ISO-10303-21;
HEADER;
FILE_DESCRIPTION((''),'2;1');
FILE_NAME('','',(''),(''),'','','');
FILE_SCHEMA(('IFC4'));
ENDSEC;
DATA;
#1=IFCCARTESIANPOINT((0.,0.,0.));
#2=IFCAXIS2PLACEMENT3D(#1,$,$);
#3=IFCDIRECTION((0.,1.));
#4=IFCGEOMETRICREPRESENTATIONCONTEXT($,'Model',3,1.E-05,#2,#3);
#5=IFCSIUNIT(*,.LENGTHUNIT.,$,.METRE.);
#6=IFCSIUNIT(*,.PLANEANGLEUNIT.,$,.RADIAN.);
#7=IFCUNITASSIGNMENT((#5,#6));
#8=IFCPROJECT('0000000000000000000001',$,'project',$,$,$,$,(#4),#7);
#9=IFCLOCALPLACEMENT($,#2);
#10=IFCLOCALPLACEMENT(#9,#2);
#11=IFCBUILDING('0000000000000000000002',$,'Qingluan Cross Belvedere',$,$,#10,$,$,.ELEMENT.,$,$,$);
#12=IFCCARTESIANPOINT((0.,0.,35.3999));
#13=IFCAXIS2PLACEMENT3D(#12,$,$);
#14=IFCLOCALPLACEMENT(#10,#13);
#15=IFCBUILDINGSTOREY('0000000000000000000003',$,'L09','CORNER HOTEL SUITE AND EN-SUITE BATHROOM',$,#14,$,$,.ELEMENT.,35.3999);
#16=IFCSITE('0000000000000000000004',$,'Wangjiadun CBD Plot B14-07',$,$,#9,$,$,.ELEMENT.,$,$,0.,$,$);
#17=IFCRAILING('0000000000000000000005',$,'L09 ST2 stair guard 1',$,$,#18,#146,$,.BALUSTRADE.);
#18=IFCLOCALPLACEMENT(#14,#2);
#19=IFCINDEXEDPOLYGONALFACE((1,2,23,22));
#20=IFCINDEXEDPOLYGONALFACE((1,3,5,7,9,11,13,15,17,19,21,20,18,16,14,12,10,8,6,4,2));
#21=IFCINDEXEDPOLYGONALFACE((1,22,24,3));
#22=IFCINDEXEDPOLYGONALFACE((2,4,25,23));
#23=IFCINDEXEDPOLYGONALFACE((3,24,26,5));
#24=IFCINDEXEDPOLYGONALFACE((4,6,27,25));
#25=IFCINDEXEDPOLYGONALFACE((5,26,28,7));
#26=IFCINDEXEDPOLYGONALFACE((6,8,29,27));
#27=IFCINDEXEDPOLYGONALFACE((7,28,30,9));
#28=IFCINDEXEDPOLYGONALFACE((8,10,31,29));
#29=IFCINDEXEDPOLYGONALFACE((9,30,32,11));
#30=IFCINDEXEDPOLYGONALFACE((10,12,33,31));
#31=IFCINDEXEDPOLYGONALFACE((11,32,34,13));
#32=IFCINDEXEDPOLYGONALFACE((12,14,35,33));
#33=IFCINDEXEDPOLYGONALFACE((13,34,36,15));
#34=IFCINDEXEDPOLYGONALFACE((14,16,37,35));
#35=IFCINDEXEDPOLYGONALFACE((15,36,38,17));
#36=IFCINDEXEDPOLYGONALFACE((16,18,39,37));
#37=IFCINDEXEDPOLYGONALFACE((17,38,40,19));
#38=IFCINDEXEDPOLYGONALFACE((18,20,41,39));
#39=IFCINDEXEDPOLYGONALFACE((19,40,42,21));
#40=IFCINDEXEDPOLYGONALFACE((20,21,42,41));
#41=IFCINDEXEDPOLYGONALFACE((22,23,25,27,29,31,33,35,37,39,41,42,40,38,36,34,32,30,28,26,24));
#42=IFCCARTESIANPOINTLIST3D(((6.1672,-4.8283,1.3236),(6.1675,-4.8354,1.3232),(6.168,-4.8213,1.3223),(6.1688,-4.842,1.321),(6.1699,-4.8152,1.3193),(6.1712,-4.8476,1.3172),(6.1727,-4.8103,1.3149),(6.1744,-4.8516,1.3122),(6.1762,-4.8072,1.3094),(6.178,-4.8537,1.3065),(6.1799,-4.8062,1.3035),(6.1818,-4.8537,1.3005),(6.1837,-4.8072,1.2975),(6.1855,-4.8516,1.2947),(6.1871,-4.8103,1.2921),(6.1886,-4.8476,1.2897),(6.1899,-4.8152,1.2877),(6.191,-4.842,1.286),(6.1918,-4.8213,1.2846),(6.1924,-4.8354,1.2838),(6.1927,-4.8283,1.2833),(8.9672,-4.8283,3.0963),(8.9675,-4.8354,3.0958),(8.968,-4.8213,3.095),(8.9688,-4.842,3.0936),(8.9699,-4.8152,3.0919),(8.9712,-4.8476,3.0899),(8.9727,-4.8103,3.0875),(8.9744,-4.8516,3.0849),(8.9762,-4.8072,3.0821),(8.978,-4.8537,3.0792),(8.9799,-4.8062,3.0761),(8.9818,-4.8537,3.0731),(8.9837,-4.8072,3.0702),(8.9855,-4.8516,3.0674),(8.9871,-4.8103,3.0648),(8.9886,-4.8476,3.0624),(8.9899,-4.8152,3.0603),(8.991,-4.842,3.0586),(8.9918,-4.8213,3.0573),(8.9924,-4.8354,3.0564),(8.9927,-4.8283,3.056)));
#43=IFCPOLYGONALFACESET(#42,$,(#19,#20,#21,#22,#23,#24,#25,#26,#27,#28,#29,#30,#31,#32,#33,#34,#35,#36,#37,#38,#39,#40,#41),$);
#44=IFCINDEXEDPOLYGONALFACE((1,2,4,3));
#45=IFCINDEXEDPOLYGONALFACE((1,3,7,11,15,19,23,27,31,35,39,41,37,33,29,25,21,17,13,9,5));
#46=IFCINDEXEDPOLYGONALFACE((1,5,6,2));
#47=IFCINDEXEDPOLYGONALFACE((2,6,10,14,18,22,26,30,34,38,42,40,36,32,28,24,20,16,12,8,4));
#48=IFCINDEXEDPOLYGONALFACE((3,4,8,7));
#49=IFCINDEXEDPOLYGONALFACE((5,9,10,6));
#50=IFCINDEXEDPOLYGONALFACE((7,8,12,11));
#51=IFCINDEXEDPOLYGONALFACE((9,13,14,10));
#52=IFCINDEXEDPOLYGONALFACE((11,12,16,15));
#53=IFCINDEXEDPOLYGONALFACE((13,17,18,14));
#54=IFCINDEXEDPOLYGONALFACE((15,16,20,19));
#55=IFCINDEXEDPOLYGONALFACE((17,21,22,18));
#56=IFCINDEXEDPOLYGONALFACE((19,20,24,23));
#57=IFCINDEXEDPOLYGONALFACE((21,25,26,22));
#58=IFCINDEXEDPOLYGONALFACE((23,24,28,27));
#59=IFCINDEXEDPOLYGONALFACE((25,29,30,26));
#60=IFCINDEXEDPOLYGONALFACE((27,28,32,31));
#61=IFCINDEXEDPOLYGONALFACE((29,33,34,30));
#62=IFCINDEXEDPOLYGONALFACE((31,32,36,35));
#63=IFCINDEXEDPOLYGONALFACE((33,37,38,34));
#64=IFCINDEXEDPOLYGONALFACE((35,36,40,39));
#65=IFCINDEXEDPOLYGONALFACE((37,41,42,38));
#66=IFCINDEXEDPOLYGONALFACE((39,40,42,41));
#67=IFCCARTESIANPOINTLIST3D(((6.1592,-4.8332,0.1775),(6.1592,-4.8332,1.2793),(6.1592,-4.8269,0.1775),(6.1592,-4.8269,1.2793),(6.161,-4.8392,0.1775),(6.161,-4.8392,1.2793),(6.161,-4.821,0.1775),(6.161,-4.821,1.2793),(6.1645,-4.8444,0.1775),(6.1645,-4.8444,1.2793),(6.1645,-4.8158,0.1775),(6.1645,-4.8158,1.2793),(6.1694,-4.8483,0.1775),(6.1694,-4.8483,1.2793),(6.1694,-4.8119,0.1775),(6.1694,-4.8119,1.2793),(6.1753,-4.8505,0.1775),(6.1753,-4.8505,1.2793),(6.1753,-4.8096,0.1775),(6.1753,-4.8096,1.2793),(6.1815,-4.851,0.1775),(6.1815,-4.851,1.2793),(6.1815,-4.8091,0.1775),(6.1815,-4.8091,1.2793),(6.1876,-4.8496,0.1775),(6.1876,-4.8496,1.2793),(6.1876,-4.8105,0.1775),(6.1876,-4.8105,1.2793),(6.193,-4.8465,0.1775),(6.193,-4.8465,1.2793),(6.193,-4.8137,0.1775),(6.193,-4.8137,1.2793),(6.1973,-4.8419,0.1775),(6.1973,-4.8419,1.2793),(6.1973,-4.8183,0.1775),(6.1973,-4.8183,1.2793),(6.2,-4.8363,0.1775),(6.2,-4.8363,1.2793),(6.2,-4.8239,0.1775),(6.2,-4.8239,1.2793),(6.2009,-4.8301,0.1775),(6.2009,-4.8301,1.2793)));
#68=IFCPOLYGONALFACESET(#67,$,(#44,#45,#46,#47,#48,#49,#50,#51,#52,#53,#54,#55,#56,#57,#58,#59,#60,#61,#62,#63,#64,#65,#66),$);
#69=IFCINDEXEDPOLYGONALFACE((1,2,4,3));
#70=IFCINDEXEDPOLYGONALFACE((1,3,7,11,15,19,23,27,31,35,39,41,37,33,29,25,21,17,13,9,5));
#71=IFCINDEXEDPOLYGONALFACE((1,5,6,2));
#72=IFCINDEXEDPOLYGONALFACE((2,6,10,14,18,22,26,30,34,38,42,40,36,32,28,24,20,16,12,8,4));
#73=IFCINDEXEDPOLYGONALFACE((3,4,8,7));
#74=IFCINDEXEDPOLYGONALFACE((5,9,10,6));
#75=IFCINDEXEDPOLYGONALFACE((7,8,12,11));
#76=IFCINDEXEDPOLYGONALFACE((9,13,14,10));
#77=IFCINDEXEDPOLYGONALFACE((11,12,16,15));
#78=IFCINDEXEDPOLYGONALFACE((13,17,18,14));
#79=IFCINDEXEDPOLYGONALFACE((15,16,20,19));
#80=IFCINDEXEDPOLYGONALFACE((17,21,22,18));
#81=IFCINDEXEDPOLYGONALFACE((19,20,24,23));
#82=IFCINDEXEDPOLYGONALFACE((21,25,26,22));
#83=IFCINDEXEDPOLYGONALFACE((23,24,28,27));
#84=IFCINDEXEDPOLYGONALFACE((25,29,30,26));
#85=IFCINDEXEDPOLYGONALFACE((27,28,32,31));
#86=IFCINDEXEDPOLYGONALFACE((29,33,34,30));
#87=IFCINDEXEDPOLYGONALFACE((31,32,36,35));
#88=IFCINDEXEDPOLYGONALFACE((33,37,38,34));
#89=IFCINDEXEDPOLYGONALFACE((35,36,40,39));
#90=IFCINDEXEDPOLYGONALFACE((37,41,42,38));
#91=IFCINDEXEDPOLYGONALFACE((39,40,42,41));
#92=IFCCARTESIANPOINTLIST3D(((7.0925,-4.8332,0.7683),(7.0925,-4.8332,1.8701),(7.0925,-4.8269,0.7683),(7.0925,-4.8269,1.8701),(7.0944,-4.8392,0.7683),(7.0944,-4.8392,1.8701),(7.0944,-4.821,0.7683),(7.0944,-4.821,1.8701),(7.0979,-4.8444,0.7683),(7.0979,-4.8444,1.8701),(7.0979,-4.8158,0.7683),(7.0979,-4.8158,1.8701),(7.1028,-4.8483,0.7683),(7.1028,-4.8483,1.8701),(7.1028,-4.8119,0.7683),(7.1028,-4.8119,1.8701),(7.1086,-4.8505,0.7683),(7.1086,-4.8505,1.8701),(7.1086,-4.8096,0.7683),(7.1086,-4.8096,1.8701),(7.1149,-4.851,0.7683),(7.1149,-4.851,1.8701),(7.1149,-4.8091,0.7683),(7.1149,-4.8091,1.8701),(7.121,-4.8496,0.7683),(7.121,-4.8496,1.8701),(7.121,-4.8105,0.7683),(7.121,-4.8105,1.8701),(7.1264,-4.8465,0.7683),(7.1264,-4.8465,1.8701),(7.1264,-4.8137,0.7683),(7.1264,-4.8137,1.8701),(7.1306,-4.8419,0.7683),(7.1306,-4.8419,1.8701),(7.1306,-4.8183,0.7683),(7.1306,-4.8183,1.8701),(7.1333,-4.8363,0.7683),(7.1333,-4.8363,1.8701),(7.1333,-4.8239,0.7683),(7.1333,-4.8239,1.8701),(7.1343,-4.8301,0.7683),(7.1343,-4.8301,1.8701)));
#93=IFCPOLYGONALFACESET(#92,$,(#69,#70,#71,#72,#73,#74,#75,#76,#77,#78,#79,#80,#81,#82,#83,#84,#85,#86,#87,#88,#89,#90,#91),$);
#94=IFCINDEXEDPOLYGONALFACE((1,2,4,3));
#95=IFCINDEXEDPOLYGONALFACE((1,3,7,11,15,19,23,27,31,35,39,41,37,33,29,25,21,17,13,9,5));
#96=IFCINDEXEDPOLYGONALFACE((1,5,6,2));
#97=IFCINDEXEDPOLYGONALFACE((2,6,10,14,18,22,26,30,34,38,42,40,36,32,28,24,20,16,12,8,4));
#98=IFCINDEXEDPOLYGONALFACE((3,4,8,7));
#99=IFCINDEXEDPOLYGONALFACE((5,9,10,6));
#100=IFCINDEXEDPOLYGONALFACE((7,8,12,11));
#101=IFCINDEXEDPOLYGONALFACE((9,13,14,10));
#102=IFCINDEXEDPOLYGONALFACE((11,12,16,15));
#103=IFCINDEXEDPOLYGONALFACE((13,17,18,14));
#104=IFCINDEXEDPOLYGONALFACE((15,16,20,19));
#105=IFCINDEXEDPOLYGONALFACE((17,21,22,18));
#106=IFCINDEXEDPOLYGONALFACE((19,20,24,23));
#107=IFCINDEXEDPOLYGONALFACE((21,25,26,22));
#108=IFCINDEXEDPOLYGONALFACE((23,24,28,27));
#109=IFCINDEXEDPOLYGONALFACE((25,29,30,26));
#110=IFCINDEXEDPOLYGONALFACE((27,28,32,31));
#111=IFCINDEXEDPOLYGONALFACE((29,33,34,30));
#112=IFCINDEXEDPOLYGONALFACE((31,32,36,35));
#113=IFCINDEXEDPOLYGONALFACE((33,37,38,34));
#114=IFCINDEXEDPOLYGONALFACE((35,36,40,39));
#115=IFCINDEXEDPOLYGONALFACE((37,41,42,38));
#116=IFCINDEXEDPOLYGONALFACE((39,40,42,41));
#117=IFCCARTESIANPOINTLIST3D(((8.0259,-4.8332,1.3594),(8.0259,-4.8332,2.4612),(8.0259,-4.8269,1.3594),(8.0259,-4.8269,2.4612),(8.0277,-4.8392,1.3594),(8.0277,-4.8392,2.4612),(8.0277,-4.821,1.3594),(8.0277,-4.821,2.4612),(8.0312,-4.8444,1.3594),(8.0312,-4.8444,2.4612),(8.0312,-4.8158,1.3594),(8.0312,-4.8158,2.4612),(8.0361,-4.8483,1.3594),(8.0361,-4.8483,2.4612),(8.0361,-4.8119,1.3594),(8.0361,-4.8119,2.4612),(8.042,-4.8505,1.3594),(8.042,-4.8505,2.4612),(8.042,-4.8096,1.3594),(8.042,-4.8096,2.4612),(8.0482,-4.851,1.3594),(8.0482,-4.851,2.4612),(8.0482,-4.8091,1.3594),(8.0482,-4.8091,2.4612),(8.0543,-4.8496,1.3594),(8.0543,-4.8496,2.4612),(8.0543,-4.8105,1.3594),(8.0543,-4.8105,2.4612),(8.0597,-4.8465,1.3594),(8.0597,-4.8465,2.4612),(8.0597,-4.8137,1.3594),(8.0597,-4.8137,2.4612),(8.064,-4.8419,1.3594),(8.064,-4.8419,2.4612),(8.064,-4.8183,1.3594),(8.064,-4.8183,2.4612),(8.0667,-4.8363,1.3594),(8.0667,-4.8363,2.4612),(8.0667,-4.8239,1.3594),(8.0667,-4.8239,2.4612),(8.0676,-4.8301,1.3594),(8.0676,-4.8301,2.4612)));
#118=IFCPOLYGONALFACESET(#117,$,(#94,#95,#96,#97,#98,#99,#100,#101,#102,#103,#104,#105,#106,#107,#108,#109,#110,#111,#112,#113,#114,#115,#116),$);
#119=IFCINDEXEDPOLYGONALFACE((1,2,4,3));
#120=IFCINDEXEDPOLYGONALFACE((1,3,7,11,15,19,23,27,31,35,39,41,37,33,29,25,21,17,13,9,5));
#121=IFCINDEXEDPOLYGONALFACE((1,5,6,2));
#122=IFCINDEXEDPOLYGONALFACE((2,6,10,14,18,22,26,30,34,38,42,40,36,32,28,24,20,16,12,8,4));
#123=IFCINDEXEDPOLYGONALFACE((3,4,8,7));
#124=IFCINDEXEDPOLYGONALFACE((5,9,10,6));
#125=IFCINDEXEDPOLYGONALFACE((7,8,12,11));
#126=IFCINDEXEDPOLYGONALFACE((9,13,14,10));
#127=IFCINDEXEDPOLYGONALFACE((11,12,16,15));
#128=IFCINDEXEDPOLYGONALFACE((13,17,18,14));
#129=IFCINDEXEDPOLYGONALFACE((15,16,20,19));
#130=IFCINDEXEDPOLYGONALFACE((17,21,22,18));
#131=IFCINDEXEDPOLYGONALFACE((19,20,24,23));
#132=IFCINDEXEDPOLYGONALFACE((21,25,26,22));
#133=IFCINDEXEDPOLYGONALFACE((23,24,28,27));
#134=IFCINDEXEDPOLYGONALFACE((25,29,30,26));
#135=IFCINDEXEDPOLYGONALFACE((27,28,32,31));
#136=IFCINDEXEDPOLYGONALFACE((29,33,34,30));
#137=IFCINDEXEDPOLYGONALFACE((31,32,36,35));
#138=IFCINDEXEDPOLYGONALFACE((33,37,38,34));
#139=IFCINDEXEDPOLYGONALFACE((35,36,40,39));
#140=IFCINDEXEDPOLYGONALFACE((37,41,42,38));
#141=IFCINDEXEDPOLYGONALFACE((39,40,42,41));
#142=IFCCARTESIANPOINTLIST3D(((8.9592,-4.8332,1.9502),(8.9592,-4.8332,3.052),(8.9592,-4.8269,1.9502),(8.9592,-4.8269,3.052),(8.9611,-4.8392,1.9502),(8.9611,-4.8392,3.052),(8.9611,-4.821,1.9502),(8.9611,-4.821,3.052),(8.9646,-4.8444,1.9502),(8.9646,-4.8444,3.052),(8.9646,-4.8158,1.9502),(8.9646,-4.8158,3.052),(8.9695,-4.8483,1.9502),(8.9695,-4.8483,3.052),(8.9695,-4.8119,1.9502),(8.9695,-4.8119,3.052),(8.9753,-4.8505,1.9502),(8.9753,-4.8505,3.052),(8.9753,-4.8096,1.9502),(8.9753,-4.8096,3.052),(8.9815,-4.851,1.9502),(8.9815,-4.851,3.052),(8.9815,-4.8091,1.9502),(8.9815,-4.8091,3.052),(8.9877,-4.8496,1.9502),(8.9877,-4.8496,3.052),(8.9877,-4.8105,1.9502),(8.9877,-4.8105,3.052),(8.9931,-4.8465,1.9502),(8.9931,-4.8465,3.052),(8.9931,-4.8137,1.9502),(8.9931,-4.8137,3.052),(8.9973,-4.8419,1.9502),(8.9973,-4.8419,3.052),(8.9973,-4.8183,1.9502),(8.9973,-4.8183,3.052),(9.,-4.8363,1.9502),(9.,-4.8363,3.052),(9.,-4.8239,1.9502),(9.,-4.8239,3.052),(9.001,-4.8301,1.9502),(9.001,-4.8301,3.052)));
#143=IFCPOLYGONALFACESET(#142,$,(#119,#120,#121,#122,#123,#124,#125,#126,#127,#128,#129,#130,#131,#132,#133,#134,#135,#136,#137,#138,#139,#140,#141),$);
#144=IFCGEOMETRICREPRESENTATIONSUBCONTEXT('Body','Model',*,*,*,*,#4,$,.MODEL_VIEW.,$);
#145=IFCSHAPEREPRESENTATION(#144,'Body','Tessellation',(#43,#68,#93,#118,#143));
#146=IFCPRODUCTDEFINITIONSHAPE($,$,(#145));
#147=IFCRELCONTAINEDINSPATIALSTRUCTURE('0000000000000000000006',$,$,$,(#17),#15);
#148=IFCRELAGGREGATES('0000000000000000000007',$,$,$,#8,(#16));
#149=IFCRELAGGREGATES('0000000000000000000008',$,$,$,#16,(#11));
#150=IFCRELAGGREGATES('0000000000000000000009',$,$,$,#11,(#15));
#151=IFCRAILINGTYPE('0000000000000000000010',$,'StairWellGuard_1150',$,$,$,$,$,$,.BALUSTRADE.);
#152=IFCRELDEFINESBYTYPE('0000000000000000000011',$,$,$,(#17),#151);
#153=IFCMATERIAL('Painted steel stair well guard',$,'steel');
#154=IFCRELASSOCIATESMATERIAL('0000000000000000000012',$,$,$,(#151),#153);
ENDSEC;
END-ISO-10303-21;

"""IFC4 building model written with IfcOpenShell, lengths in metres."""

from ifc_helpers import new_model, si_unit, direction, frame, origin, origin_2d, place, context, subcontext, project, spatial, circle, extrude, material, type_object, element, save


model = new_model("IFC4")

# Units and contexts
model_context = context("Model", 3, precision=1e-05, world=origin(), true_north=direction((0.0, 1.0)))
body_context = subcontext(model_context, "Body", "Model", "MODEL_VIEW")
ifc_project = project(units=[si_unit("LENGTHUNIT", "METRE"), si_unit("PLANEANGLEUNIT", "RADIAN")], contexts=[model_context])

# Site, building, storey
site_placement = place(None, origin())
site = spatial("IfcSite", under=ifc_project, at=site_placement, Name="Wangjiadun CBD Plot B14-07", CompositionType="ELEMENT", RefElevation=0.0)
building_placement = place(site_placement, origin())
building = spatial("IfcBuilding", under=site, at=building_placement, Name="Qingluan Cross Belvedere", CompositionType="ELEMENT")
storey_placement = place(building_placement, frame((0.0, 0.0, 35.3999)))
storey = spatial("IfcBuildingStorey", under=building, at=storey_placement, Name="L09", Description="CORNER HOTEL SUITE AND EN-SUITE BATHROOM", CompositionType="ELEMENT", Elevation=35.3999)

# Railing
ifc_material_1 = material(Name="Painted steel stair well guard", Category="steel")
railing_type_1 = type_object("IfcRailingType", Name="StairWellGuard_1150", PredefinedType="BALUSTRADE", material=ifc_material_1)
railing_1_placement = place(storey_placement, frame((6.1799, -4.8301, 0.1775)))
element("IfcRailing", 1, at=railing_1_placement, inside=storey, type_object=railing_type_1, Name="L09 ST2 stair guard 1", PredefinedType="BALUSTRADE", context=body_context, shape_type="SweptSolid", body=[
    extrude(circle(Radius=0.0239, at=origin_2d()), frame((0.0, 0.0, 1.126), z_axis=(0.844909, 0.0, 0.53491), x_axis=(0.0, 1.0, 0.0)), (0.0, 0.0, 1.0), 3.314),
    extrude(circle(Radius=0.021, at=origin_2d()), origin(), (0.0, 0.0, 1.0), 1.1018),
    extrude(circle(Radius=0.021, at=origin_2d()), frame((0.9333, 0.0, 0.5908)), (0.0, 0.0, 1.0), 1.1018),
    extrude(circle(Radius=0.021, at=origin_2d()), frame((1.8667, 0.0, 1.1819)), (0.0, 0.0, 1.0), 1.1018),
    extrude(circle(Radius=0.021, at=origin_2d()), frame((2.8, 0.0, 1.7727)), (0.0, 0.0, 1.0), 1.1018),
])

save(model, "model.ifc")
